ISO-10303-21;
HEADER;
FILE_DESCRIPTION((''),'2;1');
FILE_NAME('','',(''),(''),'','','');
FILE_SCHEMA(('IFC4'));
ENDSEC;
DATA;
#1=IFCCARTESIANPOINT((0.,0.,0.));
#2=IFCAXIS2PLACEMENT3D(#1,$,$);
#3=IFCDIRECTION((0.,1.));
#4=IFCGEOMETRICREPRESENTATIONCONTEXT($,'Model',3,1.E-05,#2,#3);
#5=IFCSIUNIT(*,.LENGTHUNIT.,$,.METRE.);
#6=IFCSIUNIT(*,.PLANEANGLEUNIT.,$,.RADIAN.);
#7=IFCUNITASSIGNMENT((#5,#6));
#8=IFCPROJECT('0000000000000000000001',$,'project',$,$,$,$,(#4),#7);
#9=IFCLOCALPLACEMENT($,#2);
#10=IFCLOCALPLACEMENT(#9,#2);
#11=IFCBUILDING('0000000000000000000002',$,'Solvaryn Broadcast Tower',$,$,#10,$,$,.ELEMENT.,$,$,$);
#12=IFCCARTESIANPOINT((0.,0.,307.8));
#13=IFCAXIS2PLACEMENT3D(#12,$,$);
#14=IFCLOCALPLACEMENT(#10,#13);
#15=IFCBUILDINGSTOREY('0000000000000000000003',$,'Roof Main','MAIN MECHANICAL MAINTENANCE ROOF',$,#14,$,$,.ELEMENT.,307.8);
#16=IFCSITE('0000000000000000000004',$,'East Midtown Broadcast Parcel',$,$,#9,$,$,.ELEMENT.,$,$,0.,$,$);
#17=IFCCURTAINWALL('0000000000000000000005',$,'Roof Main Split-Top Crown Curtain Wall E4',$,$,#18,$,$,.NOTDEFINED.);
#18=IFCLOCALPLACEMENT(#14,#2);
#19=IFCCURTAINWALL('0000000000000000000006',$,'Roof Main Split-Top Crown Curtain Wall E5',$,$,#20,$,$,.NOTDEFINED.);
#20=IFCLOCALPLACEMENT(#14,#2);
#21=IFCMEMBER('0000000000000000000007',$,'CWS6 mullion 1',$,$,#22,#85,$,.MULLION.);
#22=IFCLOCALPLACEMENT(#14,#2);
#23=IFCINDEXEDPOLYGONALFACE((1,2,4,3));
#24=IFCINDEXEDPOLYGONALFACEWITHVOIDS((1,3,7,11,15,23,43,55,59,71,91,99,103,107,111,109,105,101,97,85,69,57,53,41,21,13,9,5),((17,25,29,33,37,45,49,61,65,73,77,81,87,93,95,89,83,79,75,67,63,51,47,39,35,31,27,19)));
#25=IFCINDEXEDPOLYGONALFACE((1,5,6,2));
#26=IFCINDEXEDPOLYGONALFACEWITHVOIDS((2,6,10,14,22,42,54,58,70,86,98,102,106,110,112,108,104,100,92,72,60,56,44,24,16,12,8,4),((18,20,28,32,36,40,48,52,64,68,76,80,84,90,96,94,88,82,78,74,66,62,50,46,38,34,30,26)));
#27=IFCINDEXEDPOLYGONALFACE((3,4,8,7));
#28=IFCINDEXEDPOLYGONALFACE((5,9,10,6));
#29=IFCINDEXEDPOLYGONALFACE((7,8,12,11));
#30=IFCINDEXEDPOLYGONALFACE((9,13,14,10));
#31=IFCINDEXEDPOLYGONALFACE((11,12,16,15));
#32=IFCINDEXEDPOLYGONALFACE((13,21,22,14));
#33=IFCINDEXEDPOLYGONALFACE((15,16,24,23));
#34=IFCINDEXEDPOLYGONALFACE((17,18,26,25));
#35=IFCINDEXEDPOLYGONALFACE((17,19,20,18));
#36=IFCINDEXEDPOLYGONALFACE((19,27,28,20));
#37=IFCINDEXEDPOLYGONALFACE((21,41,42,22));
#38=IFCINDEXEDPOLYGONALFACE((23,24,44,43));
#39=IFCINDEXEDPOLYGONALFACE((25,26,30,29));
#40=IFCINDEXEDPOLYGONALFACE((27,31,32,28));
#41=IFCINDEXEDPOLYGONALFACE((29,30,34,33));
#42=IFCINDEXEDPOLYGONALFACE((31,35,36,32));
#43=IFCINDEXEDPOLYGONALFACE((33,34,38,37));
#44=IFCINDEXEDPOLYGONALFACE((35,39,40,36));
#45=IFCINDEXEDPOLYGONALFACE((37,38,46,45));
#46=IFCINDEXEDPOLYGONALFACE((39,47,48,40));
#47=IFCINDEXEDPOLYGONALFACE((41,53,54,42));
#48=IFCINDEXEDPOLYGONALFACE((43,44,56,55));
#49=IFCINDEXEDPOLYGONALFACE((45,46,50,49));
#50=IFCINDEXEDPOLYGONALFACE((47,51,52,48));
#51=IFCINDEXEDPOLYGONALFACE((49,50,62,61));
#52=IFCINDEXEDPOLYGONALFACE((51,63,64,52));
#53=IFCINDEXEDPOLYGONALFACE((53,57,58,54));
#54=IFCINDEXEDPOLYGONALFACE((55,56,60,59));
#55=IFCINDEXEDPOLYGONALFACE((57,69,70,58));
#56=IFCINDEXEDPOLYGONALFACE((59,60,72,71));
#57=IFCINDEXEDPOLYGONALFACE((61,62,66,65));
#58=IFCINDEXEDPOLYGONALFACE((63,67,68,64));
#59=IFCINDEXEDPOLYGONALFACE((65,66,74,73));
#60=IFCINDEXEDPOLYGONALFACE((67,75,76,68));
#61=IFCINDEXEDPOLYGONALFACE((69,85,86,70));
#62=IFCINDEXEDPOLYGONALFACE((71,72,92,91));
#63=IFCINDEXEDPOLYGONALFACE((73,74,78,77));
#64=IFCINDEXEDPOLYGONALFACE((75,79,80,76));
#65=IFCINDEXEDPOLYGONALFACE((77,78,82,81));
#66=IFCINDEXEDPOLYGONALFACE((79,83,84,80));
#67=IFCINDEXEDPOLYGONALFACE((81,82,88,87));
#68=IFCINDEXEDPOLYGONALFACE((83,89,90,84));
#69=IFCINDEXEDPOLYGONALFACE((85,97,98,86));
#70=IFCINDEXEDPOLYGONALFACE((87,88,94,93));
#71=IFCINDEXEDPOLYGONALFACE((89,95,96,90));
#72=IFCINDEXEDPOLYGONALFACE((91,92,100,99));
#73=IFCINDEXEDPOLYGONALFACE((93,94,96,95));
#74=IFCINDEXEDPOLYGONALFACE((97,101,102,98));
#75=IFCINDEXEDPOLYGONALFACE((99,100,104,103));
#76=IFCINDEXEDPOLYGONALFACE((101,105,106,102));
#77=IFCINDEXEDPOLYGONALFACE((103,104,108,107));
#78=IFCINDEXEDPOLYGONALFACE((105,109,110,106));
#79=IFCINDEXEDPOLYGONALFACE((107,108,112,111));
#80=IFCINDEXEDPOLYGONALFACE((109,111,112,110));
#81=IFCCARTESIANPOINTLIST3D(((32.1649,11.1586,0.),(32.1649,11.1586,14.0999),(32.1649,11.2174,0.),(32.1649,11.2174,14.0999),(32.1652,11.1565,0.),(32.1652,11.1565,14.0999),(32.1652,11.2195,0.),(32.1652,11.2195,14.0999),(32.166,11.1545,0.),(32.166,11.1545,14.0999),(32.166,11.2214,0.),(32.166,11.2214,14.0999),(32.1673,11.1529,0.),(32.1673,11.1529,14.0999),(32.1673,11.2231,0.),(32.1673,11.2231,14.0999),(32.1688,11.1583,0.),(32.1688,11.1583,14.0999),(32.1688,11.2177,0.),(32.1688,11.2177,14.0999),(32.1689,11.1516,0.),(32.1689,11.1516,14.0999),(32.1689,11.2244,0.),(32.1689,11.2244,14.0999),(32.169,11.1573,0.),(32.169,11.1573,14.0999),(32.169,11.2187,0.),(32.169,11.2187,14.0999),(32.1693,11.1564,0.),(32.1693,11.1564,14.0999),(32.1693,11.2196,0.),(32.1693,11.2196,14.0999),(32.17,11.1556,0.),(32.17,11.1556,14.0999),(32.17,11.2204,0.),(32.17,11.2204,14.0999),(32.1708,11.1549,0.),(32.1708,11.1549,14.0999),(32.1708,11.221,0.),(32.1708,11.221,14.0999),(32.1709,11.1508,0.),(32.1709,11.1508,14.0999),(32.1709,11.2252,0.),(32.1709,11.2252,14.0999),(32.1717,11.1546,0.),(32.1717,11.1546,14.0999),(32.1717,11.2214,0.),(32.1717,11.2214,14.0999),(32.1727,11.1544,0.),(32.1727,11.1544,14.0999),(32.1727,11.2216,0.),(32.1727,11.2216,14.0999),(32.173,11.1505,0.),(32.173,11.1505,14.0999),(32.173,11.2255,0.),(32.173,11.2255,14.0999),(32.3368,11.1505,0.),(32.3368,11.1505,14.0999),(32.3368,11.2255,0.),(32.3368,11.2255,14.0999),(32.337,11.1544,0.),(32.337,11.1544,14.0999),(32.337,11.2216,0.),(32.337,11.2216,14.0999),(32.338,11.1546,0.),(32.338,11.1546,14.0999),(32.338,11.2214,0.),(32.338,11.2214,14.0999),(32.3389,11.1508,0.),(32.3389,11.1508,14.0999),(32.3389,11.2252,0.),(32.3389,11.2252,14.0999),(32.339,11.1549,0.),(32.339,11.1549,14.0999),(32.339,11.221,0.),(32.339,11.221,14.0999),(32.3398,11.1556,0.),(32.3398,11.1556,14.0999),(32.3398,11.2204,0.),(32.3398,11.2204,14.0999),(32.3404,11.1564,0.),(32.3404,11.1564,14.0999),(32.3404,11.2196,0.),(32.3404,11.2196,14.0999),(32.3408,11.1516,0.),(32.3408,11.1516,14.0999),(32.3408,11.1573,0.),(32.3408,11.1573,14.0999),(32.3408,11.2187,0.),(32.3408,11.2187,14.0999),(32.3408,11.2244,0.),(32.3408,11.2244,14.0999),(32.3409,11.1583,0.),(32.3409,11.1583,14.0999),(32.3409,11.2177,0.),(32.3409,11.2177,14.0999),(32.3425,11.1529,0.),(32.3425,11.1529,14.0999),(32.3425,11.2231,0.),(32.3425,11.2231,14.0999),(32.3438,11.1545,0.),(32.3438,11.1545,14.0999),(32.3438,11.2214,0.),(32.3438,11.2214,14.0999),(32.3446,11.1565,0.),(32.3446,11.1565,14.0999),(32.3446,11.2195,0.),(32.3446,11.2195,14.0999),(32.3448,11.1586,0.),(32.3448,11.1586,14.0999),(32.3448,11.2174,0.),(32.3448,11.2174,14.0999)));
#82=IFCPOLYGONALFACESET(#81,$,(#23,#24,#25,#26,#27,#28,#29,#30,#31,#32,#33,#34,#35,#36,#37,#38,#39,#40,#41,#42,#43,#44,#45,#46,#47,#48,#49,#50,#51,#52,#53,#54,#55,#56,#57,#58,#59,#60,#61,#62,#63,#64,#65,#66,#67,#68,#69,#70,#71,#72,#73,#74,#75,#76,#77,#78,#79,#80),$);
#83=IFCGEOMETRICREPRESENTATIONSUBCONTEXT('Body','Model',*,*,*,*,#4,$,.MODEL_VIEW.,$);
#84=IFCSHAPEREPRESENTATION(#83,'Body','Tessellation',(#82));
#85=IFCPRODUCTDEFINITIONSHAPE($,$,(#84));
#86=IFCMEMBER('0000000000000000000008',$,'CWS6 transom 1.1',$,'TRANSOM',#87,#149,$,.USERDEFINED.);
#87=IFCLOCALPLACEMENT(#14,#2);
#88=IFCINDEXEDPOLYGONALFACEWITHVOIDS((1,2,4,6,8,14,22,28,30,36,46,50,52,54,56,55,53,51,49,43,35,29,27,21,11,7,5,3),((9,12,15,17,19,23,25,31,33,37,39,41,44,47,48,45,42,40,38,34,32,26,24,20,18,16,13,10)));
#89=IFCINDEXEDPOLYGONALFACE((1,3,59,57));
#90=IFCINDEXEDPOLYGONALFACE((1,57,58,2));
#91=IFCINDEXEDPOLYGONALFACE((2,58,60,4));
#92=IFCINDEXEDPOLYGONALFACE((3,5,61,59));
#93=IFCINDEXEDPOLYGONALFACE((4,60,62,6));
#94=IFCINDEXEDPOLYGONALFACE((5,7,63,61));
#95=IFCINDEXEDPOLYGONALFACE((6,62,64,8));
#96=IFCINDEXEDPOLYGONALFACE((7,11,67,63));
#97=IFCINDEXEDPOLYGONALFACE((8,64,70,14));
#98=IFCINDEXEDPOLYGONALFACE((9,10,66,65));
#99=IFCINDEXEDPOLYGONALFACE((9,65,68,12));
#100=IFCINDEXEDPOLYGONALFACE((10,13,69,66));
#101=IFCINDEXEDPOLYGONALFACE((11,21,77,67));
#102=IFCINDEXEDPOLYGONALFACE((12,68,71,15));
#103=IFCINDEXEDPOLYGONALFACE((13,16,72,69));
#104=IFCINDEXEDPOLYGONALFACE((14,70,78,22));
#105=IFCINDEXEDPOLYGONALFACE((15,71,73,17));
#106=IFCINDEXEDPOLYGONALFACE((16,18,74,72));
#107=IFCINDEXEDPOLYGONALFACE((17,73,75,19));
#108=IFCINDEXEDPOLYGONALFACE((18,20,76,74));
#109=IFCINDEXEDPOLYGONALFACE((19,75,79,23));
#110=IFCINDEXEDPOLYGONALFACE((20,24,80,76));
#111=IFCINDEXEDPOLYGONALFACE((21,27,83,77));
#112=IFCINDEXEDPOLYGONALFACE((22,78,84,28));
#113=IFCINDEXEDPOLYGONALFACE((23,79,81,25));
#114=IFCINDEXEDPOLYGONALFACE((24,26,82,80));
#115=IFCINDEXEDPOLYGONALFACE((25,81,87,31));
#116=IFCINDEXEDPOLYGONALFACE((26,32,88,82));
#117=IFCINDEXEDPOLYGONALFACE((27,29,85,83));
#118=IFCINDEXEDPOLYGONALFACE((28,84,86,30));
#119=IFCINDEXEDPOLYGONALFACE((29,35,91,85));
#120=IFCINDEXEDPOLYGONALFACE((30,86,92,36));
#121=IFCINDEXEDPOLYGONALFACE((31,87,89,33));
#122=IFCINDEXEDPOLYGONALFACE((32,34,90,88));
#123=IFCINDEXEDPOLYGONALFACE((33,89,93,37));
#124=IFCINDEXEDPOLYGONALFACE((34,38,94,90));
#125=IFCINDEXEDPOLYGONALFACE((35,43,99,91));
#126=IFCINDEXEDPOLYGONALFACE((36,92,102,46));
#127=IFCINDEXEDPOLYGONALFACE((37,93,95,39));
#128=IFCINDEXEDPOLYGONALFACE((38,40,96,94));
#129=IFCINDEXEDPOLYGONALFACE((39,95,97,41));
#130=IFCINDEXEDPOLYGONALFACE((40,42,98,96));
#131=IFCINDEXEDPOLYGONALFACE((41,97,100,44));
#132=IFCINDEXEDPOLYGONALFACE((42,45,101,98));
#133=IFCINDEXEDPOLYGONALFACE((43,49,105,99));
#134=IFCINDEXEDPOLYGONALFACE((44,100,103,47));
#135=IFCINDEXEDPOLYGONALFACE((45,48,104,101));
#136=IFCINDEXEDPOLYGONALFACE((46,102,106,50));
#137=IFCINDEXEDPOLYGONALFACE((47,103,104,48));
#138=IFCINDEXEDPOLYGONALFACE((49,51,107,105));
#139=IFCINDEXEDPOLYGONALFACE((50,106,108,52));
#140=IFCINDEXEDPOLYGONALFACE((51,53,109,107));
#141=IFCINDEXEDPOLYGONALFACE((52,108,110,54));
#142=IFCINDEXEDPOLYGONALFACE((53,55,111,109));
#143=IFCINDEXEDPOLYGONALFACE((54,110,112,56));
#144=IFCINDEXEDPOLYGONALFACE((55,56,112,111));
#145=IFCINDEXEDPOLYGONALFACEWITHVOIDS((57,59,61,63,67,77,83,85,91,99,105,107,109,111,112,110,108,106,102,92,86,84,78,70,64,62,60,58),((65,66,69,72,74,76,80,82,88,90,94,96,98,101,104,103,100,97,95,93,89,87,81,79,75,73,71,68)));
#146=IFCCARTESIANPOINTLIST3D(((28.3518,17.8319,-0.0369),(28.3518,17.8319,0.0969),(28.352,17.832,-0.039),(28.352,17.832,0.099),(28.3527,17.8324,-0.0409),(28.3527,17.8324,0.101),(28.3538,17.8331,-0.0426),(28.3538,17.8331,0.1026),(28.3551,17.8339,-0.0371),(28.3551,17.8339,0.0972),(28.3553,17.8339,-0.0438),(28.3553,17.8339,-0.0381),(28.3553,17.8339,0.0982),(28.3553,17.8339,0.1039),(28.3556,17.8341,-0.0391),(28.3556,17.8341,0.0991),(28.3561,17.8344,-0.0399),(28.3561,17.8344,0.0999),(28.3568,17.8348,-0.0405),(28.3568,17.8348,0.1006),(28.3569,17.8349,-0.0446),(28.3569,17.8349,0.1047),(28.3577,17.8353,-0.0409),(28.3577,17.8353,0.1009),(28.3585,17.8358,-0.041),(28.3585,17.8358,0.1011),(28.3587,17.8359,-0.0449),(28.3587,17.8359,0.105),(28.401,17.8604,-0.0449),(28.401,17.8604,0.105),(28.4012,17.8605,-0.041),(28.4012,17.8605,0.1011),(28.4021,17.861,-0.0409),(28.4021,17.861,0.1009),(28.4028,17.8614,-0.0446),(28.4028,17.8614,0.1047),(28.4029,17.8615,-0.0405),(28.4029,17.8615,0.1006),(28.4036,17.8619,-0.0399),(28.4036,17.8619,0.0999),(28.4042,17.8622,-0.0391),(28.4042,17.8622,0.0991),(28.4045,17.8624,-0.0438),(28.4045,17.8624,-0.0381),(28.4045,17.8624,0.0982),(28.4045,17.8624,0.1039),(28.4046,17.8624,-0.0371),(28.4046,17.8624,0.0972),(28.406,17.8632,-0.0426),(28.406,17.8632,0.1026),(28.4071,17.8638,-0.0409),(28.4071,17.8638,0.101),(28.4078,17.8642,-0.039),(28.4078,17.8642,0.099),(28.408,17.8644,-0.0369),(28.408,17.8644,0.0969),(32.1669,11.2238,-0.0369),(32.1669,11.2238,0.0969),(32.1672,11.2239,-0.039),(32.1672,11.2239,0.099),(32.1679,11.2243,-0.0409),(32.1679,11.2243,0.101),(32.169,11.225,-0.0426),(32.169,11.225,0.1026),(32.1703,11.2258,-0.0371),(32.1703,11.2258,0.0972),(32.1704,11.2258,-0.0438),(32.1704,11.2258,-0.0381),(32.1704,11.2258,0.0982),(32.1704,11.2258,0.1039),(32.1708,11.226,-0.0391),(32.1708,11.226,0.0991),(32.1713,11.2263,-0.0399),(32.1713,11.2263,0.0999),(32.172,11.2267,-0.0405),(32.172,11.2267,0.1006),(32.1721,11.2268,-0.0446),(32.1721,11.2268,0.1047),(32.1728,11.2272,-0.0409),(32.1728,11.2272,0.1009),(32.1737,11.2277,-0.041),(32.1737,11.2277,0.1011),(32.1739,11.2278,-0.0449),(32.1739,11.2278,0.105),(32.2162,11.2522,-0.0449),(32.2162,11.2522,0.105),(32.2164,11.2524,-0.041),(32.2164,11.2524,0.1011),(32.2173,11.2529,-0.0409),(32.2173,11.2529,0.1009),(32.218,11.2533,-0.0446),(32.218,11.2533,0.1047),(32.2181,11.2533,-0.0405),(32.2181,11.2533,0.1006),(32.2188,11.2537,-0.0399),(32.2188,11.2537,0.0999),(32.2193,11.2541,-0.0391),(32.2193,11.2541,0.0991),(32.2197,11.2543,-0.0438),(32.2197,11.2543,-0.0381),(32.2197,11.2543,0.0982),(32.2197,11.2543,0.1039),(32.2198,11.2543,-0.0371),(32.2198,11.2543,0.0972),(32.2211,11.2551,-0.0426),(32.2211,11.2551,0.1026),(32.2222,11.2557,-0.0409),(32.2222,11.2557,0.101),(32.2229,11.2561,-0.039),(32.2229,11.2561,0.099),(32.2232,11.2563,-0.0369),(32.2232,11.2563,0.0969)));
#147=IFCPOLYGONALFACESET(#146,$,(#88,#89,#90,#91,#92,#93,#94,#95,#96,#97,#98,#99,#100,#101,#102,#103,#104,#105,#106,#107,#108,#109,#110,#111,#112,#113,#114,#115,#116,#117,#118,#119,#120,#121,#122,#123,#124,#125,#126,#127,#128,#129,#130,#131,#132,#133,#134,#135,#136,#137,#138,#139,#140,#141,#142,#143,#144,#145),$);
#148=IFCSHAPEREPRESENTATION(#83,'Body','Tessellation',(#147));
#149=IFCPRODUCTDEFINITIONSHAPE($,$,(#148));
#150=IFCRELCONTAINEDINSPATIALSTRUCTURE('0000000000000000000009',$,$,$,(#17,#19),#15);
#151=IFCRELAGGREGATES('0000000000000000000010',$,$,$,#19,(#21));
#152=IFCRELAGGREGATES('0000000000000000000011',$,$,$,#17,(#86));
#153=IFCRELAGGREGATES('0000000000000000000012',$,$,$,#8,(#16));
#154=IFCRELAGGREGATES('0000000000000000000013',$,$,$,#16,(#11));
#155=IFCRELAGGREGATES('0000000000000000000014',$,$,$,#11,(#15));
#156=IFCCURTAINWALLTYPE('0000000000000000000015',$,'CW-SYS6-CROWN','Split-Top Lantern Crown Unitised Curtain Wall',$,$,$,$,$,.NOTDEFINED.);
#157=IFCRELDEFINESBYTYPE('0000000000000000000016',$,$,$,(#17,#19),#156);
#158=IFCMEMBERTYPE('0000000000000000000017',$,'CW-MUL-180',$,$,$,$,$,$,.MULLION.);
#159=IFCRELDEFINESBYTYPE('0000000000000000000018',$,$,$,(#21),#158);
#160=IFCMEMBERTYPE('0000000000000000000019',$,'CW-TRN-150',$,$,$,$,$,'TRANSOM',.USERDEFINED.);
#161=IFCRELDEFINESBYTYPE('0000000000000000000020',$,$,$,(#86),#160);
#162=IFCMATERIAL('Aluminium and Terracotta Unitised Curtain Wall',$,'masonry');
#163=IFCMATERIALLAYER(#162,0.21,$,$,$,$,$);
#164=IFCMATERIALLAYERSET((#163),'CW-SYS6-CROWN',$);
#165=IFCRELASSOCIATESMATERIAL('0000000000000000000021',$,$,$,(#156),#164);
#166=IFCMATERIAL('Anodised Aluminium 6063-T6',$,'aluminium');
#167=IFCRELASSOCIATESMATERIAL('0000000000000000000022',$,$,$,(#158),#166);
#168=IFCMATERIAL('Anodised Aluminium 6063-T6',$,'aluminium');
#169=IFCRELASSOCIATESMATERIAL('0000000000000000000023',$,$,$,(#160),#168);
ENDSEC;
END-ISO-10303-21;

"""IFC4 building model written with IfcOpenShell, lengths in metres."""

from ifc_helpers import new_model, si_unit, direction, frame, origin, origin_2d, place, context, subcontext, project, spatial, hollow_rectangle, extrude, material, layer, layer_set, material_profile, profile_set, type_object, element, aggregate, save


model = new_model("IFC4")

# Units and contexts
model_context = context("Model", 3, precision=1e-05, world=origin(), true_north=direction((0.0, 1.0)))
body_context = subcontext(model_context, "Body", "Model", "MODEL_VIEW")
ifc_project = project(units=[si_unit("LENGTHUNIT", "METRE"), si_unit("PLANEANGLEUNIT", "RADIAN")], contexts=[model_context])

# Site, building, storey
site_placement = place(None, origin())
site = spatial("IfcSite", under=ifc_project, at=site_placement, Name="East Midtown Broadcast Parcel", CompositionType="ELEMENT", RefElevation=0.0)
building_placement = place(site_placement, origin())
building = spatial("IfcBuilding", under=site, at=building_placement, Name="Solvaryn Broadcast Tower", CompositionType="ELEMENT")
storey_placement = place(building_placement, frame((0.0, 0.0, 307.8)))
storey = spatial("IfcBuildingStorey", under=building, at=storey_placement, Name="Roof Main", Description="MAIN MECHANICAL MAINTENANCE ROOF", CompositionType="ELEMENT", Elevation=307.8)

# Curtain wall
ifc_material_1 = material(Name="Aluminium and Terracotta Unitised Curtain Wall", Category="masonry")
ifc_layer_1 = layer(ifc_material_1, 0.21)
ifc_layer_set_1 = layer_set([ifc_layer_1], Name="CW-SYS6-CROWN")
curtain_wall_type = type_object("IfcCurtainWallType", Name="CW-SYS6-CROWN", Description="Split-Top Lantern Crown Unitised Curtain Wall", PredefinedType="NOTDEFINED", material=ifc_layer_set_1)
curtain_wall_1_placement = place(storey_placement, origin())
curtain_wall_1 = element("IfcCurtainWall", 1, at=curtain_wall_1_placement, inside=storey, type_object=curtain_wall_type, Name="Roof Main Split-Top Crown Curtain Wall E4", PredefinedType="NOTDEFINED")
ifc_material_2 = material(Name="Anodised Aluminium 6063-T6", Category="aluminium")
ifc_material_profile_1 = material_profile(ifc_material_2, hollow_rectangle(XDim=0.075, YDim=0.1799, WallThickness=0.0039, InnerFilletRadius=0.0039, OuterFilletRadius=0.0081, at=origin_2d()))
ifc_profile_set_1 = profile_set([ifc_material_profile_1], Name="Anodised Aluminium 6063-T6")
member_type_1 = type_object("IfcMemberType", Name="CW-MUL-180", PredefinedType="MULLION", material=ifc_profile_set_1)

# Curtain wall, member
curtain_wall_2_placement = place(storey_placement, origin())
curtain_wall_2 = element("IfcCurtainWall", 2, at=curtain_wall_2_placement, inside=storey, type_object=curtain_wall_type, Name="Roof Main Split-Top Crown Curtain Wall E5", PredefinedType="NOTDEFINED")
member_1_placement = place(storey_placement, frame((32.2549, 11.188, 0.0), z_axis=(0.0, 0.0, 1.0), x_axis=(0.0, 1.0, 0.0)))
member_1 = element("IfcMember", 3, at=member_1_placement, type_object=member_type_1, Name="CWS6 mullion 1", PredefinedType="MULLION", context=body_context, shape_type="SweptSolid", body=[
    extrude(hollow_rectangle(XDim=0.075, YDim=0.1799, WallThickness=0.0039, InnerFilletRadius=0.0039, OuterFilletRadius=0.0081, at=origin_2d()), origin(), (0.0, 0.0, 1.0), 14.0999),
])

# Member
ifc_material_3 = material(Name="Anodised Aluminium 6063-T6", Category="aluminium")
ifc_material_profile_2 = material_profile(ifc_material_3, hollow_rectangle(XDim=0.0649, YDim=0.1499, WallThickness=0.0039, InnerFilletRadius=0.0039, OuterFilletRadius=0.0081, at=origin_2d()))
ifc_profile_set_2 = profile_set([ifc_material_profile_2], Name="Anodised Aluminium 6063-T6")
member_type_2 = type_object("IfcMemberType", Name="CW-TRN-150", ElementType="TRANSOM", PredefinedType="USERDEFINED", material=ifc_profile_set_2)
member_2_placement = place(storey_placement, frame((28.3799, 17.8481, 0.03), z_axis=(0.499997, -0.866027, 0.0), x_axis=(0.866027, 0.499997, 0.0)))
member_2 = element("IfcMember", 4, at=member_2_placement, type_object=member_type_2, Name="CWS6 transom 1.1", ObjectType="TRANSOM", PredefinedType="USERDEFINED", context=body_context, shape_type="SweptSolid", body=[
    extrude(hollow_rectangle(XDim=0.0649, YDim=0.1499, WallThickness=0.0039, InnerFilletRadius=0.0039, OuterFilletRadius=0.0081, at=origin_2d()), origin(), (0.0, 0.0, 1.0), 7.6304),
])
aggregate(curtain_wall_2, [member_1])

aggregate(curtain_wall_1, [member_2])

save(model, "model.ifc")
